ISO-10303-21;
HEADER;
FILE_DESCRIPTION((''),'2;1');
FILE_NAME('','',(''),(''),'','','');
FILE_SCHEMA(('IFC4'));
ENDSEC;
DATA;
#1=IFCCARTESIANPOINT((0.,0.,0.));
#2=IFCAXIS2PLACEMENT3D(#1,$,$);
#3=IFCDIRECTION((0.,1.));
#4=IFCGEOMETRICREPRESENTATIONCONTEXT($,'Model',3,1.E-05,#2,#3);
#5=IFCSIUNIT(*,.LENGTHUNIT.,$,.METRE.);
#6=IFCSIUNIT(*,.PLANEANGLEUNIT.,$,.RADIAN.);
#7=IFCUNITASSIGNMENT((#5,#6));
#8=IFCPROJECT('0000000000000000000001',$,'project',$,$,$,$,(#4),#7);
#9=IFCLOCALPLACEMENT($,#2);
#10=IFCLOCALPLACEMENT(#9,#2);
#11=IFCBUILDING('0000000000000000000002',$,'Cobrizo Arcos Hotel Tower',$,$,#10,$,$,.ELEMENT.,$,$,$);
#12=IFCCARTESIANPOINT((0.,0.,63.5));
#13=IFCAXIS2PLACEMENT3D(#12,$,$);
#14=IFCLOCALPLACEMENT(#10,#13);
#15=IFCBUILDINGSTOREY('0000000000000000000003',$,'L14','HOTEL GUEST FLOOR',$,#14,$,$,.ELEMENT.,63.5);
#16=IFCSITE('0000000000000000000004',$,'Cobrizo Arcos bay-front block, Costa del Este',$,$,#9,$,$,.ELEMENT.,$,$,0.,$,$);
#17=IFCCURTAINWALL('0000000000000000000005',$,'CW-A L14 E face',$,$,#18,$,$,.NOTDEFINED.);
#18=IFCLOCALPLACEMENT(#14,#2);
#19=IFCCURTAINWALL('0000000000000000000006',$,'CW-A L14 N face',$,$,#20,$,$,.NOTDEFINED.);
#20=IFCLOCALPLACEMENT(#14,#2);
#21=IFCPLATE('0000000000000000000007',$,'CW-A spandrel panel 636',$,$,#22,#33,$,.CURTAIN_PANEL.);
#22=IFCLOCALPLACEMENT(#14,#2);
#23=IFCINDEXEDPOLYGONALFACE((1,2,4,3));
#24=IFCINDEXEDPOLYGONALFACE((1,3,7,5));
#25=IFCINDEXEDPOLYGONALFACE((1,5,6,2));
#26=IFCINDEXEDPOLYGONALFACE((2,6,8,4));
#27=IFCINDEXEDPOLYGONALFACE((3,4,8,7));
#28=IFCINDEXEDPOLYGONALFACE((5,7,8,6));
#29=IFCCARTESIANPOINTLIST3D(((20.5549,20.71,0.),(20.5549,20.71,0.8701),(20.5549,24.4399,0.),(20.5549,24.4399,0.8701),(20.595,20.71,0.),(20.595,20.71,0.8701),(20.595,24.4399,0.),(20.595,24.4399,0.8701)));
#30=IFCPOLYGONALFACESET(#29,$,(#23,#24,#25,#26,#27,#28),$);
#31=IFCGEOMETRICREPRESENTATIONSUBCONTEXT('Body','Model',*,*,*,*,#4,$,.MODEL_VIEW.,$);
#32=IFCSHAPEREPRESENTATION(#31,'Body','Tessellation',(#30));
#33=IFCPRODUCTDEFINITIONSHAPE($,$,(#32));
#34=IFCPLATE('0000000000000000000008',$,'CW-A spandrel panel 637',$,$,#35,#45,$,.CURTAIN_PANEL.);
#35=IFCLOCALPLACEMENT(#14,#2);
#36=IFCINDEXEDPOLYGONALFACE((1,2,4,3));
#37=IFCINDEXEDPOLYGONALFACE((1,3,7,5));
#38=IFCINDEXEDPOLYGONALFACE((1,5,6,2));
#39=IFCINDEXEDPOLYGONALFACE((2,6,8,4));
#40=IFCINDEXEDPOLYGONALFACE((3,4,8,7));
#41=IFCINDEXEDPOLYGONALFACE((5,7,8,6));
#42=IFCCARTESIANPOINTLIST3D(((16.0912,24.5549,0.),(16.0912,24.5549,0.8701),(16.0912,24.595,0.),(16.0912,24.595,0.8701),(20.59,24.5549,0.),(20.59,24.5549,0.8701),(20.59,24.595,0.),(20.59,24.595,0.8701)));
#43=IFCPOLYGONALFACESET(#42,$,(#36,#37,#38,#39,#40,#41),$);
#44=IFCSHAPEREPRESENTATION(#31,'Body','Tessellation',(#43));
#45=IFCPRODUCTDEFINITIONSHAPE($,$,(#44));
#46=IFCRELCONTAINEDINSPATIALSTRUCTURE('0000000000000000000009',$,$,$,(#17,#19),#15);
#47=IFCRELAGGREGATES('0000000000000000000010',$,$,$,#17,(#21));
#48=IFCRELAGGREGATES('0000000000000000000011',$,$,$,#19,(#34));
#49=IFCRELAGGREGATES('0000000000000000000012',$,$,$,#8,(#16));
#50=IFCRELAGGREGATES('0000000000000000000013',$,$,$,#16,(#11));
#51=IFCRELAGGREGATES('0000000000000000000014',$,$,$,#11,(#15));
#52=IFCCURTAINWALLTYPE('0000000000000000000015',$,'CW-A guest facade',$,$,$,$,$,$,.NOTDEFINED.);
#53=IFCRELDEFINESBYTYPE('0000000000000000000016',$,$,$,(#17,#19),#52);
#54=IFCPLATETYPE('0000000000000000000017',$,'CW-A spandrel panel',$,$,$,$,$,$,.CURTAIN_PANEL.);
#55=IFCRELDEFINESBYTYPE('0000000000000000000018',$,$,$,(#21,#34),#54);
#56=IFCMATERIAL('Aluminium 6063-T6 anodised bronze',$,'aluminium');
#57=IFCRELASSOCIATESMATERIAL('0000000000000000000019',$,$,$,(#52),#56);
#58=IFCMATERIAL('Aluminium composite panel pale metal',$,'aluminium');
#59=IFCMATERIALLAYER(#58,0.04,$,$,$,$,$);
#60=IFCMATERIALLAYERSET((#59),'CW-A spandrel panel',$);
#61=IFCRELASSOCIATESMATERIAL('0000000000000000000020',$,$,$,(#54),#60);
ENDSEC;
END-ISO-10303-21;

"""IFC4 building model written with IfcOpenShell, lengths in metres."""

from ifc_helpers import new_model, si_unit, direction, frame, origin, origin_2d, place, context, subcontext, project, spatial, rectangle, extrude, material, layer, layer_set, type_object, element, aggregate, save


model = new_model("IFC4")

# Units and contexts
model_context = context("Model", 3, precision=1e-05, world=origin(), true_north=direction((0.0, 1.0)))
body_context = subcontext(model_context, "Body", "Model", "MODEL_VIEW")
ifc_project = project(units=[si_unit("LENGTHUNIT", "METRE"), si_unit("PLANEANGLEUNIT", "RADIAN")], contexts=[model_context])

# Site, building, storey
site_placement = place(None, origin())
site = spatial("IfcSite", under=ifc_project, at=site_placement, Name="Cobrizo Arcos bay-front block, Costa del Este", CompositionType="ELEMENT", RefElevation=0.0)
building_placement = place(site_placement, origin())
building = spatial("IfcBuilding", under=site, at=building_placement, Name="Cobrizo Arcos Hotel Tower", CompositionType="ELEMENT")
storey_placement = place(building_placement, frame((0.0, 0.0, 63.5)))
storey = spatial("IfcBuildingStorey", under=building, at=storey_placement, Name="L14", Description="HOTEL GUEST FLOOR", CompositionType="ELEMENT", Elevation=63.5)

# Shared definitions
ifc_material_1 = material(Name="Aluminium 6063-T6 anodised bronze", Category="aluminium")
curtain_wall_type = type_object("IfcCurtainWallType", Name="CW-A guest facade", PredefinedType="NOTDEFINED", material=ifc_material_1)

# Curtain walls
curtain_wall_1_placement = place(storey_placement, origin())
curtain_wall_1 = element("IfcCurtainWall", 1, at=curtain_wall_1_placement, inside=storey, type_object=curtain_wall_type, Name="CW-A L14 E face", PredefinedType="NOTDEFINED")
curtain_wall_2_placement = place(storey_placement, origin())
curtain_wall_2 = element("IfcCurtainWall", 2, at=curtain_wall_2_placement, inside=storey, type_object=curtain_wall_type, Name="CW-A L14 N face", PredefinedType="NOTDEFINED")

# Plates
ifc_material_2 = material(Name="Aluminium composite panel pale metal", Category="aluminium")
ifc_layer_1 = layer(ifc_material_2, 0.04)
ifc_layer_set_1 = layer_set([ifc_layer_1], Name="CW-A spandrel panel")
plate_type_1 = type_object("IfcPlateType", Name="CW-A spandrel panel", PredefinedType="CURTAIN_PANEL", material=ifc_layer_set_1)
plate_1_placement = place(storey_placement, frame((20.575, 22.575, 0.0), z_axis=(0.0, 0.0, 1.0), x_axis=(0.0, 1.0, 0.0)))
plate_1 = element("IfcPlate", 3, at=plate_1_placement, type_object=plate_type_1, Name="CW-A spandrel panel 636", PredefinedType="CURTAIN_PANEL", context=body_context, shape_type="SweptSolid", body=[
    extrude(rectangle(XDim=3.73, YDim=0.04, at=origin_2d()), origin(), (0.0, 0.0, 1.0), 0.8701),
])
aggregate(curtain_wall_1, [plate_1])
plate_2_placement = place(storey_placement, frame((18.3406, 24.575, 0.0), z_axis=(0.0, 0.0, 1.0), x_axis=(-1.0, 0.0, 0.0)))
plate_2 = element("IfcPlate", 4, at=plate_2_placement, type_object=plate_type_1, Name="CW-A spandrel panel 637", PredefinedType="CURTAIN_PANEL", context=body_context, shape_type="SweptSolid", body=[
    extrude(rectangle(XDim=4.4988, YDim=0.04, at=origin_2d()), origin(), (0.0, 0.0, 1.0), 0.8701),
])
aggregate(curtain_wall_2, [plate_2])

save(model, "model.ifc")
